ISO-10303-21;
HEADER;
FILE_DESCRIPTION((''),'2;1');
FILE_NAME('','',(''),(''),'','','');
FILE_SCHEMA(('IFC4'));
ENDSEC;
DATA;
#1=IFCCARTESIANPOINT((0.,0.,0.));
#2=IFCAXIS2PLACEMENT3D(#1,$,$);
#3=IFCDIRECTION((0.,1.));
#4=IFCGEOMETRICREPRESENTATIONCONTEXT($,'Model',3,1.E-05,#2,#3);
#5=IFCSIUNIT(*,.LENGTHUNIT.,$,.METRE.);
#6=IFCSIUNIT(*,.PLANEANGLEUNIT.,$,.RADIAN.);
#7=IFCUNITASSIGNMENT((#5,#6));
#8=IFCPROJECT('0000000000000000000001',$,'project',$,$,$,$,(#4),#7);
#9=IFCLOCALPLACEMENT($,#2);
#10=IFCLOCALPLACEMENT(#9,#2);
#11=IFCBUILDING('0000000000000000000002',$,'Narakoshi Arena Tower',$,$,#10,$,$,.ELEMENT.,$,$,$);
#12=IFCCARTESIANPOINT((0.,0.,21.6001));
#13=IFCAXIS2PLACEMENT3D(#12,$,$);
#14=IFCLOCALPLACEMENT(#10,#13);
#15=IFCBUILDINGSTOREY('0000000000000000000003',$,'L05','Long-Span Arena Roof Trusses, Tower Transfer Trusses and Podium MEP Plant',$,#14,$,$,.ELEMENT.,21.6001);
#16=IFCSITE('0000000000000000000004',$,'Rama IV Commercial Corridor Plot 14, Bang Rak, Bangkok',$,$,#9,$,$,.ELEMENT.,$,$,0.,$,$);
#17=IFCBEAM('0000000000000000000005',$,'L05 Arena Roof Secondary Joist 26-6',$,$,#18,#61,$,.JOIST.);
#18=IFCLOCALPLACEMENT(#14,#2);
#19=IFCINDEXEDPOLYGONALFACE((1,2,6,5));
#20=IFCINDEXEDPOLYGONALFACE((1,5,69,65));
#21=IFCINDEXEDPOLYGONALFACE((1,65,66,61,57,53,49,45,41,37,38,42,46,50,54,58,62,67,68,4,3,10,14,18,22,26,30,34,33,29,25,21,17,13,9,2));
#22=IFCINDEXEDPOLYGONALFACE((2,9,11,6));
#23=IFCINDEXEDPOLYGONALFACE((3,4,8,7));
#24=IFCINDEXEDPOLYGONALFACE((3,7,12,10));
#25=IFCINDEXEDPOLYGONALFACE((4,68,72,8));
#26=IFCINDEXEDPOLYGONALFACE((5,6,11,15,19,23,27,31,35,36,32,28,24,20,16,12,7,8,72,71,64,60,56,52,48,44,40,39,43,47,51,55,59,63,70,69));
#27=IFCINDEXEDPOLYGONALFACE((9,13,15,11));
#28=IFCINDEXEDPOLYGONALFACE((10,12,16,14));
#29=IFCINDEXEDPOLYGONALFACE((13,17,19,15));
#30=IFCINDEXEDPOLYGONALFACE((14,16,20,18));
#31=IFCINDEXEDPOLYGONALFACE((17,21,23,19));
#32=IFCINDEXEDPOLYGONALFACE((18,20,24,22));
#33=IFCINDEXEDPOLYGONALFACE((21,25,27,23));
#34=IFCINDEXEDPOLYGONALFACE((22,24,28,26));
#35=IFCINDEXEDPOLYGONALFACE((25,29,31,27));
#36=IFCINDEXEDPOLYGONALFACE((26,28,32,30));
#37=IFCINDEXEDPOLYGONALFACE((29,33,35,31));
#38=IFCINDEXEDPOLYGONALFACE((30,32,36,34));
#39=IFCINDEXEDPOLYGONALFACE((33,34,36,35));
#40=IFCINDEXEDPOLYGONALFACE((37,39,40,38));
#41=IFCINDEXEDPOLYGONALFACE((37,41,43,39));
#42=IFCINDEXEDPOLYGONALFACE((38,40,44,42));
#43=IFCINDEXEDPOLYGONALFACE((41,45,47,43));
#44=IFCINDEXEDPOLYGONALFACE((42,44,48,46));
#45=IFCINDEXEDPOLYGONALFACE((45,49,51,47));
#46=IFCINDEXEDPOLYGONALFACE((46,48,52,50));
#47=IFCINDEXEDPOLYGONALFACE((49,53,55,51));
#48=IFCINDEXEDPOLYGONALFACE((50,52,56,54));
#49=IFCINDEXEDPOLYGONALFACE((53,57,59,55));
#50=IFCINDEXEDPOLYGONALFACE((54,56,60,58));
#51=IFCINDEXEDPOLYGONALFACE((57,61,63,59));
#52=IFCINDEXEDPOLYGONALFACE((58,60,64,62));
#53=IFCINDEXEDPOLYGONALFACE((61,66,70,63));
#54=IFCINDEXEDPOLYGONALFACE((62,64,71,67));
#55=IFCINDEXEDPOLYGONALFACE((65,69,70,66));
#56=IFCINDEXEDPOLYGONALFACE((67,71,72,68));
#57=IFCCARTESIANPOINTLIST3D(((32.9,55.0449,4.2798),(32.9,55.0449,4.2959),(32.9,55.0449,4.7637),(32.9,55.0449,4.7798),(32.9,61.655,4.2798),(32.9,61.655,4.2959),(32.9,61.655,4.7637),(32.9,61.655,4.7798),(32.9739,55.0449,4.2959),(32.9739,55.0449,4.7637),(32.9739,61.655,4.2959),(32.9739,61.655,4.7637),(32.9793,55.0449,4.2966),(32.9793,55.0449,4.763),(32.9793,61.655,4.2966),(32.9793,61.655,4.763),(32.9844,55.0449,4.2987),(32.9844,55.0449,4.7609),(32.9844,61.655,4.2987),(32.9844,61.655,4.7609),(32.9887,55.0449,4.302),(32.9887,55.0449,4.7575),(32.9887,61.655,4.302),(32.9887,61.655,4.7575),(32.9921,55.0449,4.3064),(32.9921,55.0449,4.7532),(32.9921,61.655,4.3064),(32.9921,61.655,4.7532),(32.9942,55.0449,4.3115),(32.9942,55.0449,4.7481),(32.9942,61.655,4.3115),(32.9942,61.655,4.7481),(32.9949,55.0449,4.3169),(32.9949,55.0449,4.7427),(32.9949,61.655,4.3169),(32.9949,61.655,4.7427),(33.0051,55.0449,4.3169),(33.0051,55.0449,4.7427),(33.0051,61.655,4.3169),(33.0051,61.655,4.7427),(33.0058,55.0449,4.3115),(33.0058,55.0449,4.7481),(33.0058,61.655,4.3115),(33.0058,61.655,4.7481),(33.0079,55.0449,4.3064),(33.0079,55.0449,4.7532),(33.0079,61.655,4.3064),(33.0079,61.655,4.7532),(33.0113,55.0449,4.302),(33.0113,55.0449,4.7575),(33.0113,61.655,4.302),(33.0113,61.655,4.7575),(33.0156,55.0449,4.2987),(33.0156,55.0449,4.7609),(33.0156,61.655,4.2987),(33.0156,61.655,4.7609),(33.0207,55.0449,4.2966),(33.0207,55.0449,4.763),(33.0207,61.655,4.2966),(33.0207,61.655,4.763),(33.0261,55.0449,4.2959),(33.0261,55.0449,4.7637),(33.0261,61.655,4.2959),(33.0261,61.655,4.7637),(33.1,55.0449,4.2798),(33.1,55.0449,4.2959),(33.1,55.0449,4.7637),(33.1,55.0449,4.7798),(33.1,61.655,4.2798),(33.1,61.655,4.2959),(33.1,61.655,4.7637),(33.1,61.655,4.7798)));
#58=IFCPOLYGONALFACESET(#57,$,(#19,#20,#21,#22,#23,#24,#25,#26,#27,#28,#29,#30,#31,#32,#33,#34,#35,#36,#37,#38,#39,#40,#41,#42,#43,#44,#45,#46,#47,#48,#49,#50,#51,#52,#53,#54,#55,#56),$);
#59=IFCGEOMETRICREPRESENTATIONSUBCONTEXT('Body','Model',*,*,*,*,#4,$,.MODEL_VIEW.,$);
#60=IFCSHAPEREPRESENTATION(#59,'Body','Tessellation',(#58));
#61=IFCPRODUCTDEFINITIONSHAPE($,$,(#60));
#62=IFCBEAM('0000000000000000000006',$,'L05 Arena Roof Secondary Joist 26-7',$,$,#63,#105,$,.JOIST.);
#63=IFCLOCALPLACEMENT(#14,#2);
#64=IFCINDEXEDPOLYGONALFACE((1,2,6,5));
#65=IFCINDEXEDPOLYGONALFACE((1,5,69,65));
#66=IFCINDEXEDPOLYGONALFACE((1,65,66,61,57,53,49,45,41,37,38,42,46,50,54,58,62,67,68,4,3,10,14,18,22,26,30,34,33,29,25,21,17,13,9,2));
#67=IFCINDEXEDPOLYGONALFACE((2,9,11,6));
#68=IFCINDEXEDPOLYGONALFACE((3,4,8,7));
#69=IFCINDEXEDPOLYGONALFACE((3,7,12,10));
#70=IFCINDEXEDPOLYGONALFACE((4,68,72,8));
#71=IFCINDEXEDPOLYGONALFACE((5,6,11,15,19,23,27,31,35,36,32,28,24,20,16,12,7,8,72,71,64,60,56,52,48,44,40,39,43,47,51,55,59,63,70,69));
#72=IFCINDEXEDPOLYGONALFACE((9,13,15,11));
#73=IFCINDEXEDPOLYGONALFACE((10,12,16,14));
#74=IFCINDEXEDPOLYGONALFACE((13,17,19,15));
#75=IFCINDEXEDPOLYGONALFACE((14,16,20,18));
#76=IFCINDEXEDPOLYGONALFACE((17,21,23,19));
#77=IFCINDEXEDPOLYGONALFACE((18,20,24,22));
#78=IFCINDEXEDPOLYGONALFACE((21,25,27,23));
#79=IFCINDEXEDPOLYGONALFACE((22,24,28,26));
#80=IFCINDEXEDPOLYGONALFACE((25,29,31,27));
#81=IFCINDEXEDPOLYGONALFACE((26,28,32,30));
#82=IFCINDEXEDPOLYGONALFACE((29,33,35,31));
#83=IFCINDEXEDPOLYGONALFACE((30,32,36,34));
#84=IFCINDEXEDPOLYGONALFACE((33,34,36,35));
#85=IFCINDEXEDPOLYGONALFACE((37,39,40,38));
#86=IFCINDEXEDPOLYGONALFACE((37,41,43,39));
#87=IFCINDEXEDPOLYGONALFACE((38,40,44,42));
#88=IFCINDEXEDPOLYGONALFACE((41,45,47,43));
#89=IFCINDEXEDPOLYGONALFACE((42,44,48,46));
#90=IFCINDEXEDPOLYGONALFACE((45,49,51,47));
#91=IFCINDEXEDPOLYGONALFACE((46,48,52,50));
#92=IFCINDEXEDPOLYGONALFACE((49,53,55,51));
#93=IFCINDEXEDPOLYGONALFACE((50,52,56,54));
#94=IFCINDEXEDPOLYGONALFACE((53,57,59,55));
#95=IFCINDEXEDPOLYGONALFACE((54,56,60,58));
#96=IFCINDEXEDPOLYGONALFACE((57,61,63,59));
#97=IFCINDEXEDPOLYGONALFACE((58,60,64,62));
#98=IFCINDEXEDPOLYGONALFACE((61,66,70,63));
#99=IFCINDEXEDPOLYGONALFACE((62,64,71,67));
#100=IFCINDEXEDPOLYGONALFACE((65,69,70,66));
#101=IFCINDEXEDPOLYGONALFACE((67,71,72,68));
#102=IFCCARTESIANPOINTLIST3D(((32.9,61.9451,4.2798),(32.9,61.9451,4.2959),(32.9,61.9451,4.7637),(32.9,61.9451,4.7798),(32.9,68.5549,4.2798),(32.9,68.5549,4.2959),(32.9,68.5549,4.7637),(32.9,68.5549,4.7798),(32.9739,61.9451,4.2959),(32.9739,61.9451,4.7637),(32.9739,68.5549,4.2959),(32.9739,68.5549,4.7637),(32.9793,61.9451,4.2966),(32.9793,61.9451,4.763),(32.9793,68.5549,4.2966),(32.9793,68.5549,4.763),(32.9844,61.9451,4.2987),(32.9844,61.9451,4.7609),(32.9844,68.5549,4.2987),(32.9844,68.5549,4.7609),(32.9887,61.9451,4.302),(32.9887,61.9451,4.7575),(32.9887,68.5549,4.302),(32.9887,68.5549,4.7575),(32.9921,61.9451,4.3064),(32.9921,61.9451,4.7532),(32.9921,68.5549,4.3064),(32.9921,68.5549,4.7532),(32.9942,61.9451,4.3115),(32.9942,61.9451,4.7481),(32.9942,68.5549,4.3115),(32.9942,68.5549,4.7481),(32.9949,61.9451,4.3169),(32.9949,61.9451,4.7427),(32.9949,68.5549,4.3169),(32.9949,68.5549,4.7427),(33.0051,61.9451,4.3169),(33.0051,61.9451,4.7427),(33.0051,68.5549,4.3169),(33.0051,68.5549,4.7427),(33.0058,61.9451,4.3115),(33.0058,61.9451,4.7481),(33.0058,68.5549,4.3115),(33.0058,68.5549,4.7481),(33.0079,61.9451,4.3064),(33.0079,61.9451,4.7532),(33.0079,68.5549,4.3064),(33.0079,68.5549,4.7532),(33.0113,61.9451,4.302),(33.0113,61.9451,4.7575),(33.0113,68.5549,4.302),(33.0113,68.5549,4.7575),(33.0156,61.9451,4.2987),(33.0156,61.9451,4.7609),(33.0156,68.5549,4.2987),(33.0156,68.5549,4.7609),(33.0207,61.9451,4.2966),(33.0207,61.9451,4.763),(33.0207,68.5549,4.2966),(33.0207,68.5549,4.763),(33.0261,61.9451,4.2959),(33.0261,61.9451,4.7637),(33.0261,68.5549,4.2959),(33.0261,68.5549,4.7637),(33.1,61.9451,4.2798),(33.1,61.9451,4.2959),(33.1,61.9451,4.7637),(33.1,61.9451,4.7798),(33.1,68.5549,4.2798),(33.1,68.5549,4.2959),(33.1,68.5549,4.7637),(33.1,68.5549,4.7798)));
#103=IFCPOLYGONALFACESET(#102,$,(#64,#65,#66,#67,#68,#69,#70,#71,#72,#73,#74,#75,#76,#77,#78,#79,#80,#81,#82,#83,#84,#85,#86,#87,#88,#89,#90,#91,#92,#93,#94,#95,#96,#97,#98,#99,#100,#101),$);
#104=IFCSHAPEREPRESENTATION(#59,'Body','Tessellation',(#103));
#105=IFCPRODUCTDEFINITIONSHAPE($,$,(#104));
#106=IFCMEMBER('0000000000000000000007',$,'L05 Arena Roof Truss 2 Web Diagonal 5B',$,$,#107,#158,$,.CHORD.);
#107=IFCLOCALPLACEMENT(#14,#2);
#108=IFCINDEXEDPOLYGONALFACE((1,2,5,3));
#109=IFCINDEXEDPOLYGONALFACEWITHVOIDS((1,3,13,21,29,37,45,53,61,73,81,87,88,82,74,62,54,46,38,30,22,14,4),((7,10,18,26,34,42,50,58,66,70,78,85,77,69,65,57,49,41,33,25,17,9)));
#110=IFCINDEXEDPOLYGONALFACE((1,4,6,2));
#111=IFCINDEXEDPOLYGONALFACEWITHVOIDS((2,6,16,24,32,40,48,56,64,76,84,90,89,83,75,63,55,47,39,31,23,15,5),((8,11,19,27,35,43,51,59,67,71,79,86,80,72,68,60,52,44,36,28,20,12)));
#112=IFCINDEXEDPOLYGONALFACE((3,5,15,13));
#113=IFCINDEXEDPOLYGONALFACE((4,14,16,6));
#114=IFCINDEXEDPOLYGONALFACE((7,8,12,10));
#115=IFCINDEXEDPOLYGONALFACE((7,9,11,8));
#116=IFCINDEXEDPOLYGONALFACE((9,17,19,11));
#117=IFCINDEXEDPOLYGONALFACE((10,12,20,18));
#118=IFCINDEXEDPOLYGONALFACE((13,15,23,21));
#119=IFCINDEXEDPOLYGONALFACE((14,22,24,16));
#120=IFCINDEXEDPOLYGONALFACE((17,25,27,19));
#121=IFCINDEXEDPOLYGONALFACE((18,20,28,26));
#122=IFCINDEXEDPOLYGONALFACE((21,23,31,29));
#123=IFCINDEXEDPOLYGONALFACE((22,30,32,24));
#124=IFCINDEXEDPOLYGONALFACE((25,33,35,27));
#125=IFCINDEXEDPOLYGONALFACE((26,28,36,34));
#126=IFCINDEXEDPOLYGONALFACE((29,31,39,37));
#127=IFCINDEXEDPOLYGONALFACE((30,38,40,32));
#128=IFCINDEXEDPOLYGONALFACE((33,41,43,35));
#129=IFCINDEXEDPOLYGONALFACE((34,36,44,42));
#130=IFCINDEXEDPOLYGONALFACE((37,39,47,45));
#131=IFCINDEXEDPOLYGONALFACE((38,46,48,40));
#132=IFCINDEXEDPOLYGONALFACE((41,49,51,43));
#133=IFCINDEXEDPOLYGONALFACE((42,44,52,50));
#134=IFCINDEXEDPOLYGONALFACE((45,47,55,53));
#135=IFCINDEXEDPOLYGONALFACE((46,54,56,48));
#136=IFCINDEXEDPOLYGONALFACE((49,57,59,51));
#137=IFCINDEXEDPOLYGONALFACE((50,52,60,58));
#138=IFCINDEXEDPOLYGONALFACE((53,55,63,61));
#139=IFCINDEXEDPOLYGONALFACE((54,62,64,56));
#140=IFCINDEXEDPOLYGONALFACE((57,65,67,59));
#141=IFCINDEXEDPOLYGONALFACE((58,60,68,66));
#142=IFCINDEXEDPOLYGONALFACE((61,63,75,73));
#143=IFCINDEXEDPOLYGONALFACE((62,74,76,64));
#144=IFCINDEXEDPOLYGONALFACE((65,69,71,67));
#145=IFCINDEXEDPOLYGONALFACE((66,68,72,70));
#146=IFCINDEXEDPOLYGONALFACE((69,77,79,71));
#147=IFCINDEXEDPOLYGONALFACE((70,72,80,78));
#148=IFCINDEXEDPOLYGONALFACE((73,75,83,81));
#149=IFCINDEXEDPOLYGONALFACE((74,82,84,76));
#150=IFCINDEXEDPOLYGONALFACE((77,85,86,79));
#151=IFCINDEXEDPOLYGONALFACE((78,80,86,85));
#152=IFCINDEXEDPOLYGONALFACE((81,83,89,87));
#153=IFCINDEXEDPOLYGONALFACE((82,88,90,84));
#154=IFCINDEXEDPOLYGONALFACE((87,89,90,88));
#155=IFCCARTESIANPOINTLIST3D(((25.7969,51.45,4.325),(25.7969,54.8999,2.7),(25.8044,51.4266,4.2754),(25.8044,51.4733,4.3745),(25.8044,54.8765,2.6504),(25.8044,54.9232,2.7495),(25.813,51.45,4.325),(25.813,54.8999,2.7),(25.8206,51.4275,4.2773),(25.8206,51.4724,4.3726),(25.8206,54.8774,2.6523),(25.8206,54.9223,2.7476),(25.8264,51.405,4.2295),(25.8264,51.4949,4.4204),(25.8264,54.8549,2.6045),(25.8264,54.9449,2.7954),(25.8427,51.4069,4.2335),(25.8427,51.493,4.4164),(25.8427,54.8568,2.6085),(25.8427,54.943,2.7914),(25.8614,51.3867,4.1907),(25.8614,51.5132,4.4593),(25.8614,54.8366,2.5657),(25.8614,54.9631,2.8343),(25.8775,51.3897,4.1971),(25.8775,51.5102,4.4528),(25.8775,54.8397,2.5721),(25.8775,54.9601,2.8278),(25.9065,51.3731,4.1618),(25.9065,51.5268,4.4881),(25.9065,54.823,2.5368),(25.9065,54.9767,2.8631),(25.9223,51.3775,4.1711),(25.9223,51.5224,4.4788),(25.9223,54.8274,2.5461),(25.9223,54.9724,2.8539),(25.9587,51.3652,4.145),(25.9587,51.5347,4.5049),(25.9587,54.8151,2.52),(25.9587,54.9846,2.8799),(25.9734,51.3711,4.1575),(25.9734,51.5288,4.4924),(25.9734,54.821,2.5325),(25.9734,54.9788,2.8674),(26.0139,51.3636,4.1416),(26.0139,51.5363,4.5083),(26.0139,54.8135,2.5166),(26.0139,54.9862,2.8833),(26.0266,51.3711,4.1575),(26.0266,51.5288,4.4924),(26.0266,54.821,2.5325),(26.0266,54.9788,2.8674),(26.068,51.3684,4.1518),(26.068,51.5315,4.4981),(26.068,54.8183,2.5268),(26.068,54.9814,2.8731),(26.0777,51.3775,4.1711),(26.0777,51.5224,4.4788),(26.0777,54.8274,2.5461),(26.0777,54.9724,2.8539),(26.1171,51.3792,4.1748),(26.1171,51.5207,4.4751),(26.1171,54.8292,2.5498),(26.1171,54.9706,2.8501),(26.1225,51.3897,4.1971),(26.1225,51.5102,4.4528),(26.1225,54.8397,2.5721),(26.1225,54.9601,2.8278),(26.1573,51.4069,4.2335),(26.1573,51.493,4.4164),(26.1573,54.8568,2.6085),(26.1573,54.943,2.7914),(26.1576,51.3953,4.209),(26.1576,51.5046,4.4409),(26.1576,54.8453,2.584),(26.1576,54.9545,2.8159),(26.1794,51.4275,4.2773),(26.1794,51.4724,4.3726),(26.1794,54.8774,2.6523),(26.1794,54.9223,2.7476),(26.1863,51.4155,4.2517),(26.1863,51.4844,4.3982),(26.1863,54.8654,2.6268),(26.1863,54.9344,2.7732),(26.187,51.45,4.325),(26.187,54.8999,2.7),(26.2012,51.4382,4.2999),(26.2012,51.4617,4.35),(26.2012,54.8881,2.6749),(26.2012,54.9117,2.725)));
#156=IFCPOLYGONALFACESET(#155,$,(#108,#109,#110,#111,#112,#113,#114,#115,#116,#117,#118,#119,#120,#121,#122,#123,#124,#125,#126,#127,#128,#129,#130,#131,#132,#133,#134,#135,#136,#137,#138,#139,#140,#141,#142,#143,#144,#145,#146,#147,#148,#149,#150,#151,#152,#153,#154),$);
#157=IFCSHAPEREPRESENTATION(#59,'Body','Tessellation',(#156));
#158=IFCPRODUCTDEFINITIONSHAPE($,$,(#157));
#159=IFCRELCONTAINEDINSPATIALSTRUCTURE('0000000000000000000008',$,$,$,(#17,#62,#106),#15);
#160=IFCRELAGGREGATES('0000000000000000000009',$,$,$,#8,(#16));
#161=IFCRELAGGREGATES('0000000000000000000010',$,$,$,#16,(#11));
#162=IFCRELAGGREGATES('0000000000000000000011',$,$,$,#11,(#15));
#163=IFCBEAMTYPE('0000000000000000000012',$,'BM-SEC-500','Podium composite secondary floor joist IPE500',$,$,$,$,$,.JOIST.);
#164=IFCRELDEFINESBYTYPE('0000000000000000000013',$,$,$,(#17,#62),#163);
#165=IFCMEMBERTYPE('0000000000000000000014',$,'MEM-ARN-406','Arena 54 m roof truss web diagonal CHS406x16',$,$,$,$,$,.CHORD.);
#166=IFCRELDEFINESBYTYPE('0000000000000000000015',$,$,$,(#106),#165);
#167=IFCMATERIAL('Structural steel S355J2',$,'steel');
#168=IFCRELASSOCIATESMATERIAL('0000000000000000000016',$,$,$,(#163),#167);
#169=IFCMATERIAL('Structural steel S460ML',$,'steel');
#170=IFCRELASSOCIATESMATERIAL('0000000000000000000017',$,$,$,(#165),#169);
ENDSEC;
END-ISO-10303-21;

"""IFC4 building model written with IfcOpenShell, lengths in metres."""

from ifc_helpers import new_model, si_unit, direction, frame, origin, origin_2d, place, context, subcontext, project, spatial, hollow_circle, i_section, extrude, material, material_profile, profile_set, type_object, element, save


model = new_model("IFC4")

# Units and contexts
model_context = context("Model", 3, precision=1e-05, world=origin(), true_north=direction((0.0, 1.0)))
body_context = subcontext(model_context, "Body", "Model", "MODEL_VIEW")
ifc_project = project(units=[si_unit("LENGTHUNIT", "METRE"), si_unit("PLANEANGLEUNIT", "RADIAN")], contexts=[model_context])

# Site, building, storey
site_placement = place(None, origin())
site = spatial("IfcSite", under=ifc_project, at=site_placement, Name="Rama IV Commercial Corridor Plot 14, Bang Rak, Bangkok", CompositionType="ELEMENT", RefElevation=0.0)
building_placement = place(site_placement, origin())
building = spatial("IfcBuilding", under=site, at=building_placement, Name="Narakoshi Arena Tower", CompositionType="ELEMENT")
storey_placement = place(building_placement, frame((0.0, 0.0, 21.6001)))
storey = spatial("IfcBuildingStorey", under=building, at=storey_placement, Name="L05", Description="Long-Span Arena Roof Trusses, Tower Transfer Trusses and Podium MEP Plant", CompositionType="ELEMENT", Elevation=21.6001)

# Beams
ifc_material_1 = material(Name="Structural steel S355J2", Category="steel")
ifc_material_profile_1 = material_profile(ifc_material_1, i_section(OverallWidth=0.2, OverallDepth=0.5, WebThickness=0.0103, FlangeThickness=0.0161, FilletRadius=0.021, at=origin_2d()), Name="IPE500")
ifc_profile_set_1 = profile_set([ifc_material_profile_1], Name="Structural steel S355J2")
beam_type_1 = type_object("IfcBeamType", Name="BM-SEC-500", Description="Podium composite secondary floor joist IPE500", PredefinedType="JOIST", material=ifc_profile_set_1)
beam_1_placement = place(storey_placement, frame((33.0, 55.0449, 4.5298), z_axis=(0.0, 1.0, 0.0), x_axis=(-1.0, 0.0, 0.0)))
element("IfcBeam", 1, at=beam_1_placement, inside=storey, type_object=beam_type_1, Name="L05 Arena Roof Secondary Joist 26-6", PredefinedType="JOIST", context=body_context, shape_type="SweptSolid", body=[
    extrude(i_section(OverallWidth=0.2, OverallDepth=0.5, WebThickness=0.0103, FlangeThickness=0.0161, FilletRadius=0.021, at=origin_2d()), origin(), (0.0, 0.0, 1.0), 6.6101),
])
beam_2_placement = place(storey_placement, frame((33.0, 61.9451, 4.5298), z_axis=(0.0, 1.0, 0.0), x_axis=(-1.0, 0.0, 0.0)))
element("IfcBeam", 2, at=beam_2_placement, inside=storey, type_object=beam_type_1, Name="L05 Arena Roof Secondary Joist 26-7", PredefinedType="JOIST", context=body_context, shape_type="SweptSolid", body=[
    extrude(i_section(OverallWidth=0.2, OverallDepth=0.5, WebThickness=0.0103, FlangeThickness=0.0161, FilletRadius=0.021, at=origin_2d()), origin(), (0.0, 0.0, 1.0), 6.6099),
])

# Member
ifc_material_2 = material(Name="Structural steel S460ML", Category="steel")
ifc_material_profile_2 = material_profile(ifc_material_2, hollow_circle(Radius=0.2031, WallThickness=0.0161, at=origin_2d()), Name="CHS406x16")
ifc_profile_set_2 = profile_set([ifc_material_profile_2], Name="Structural steel S460ML")
member_type = type_object("IfcMemberType", Name="MEM-ARN-406", Description="Arena 54 m roof truss web diagonal CHS406x16", PredefinedType="CHORD", material=ifc_profile_set_2)
member_1_placement = place(storey_placement, frame((26.0, 51.45, 4.325), z_axis=(0.0, 0.904668, -0.426118), x_axis=(-1.0, 0.0, 0.0)))
element("IfcMember", 3, at=member_1_placement, inside=storey, type_object=member_type, Name="L05 Arena Roof Truss 2 Web Diagonal 5B", PredefinedType="CHORD", context=body_context, shape_type="SweptSolid", body=[
    extrude(hollow_circle(Radius=0.2031, WallThickness=0.0161, at=origin_2d()), origin(), (0.0, 0.0, 1.0), 3.8135),
])

save(model, "model.ifc")
